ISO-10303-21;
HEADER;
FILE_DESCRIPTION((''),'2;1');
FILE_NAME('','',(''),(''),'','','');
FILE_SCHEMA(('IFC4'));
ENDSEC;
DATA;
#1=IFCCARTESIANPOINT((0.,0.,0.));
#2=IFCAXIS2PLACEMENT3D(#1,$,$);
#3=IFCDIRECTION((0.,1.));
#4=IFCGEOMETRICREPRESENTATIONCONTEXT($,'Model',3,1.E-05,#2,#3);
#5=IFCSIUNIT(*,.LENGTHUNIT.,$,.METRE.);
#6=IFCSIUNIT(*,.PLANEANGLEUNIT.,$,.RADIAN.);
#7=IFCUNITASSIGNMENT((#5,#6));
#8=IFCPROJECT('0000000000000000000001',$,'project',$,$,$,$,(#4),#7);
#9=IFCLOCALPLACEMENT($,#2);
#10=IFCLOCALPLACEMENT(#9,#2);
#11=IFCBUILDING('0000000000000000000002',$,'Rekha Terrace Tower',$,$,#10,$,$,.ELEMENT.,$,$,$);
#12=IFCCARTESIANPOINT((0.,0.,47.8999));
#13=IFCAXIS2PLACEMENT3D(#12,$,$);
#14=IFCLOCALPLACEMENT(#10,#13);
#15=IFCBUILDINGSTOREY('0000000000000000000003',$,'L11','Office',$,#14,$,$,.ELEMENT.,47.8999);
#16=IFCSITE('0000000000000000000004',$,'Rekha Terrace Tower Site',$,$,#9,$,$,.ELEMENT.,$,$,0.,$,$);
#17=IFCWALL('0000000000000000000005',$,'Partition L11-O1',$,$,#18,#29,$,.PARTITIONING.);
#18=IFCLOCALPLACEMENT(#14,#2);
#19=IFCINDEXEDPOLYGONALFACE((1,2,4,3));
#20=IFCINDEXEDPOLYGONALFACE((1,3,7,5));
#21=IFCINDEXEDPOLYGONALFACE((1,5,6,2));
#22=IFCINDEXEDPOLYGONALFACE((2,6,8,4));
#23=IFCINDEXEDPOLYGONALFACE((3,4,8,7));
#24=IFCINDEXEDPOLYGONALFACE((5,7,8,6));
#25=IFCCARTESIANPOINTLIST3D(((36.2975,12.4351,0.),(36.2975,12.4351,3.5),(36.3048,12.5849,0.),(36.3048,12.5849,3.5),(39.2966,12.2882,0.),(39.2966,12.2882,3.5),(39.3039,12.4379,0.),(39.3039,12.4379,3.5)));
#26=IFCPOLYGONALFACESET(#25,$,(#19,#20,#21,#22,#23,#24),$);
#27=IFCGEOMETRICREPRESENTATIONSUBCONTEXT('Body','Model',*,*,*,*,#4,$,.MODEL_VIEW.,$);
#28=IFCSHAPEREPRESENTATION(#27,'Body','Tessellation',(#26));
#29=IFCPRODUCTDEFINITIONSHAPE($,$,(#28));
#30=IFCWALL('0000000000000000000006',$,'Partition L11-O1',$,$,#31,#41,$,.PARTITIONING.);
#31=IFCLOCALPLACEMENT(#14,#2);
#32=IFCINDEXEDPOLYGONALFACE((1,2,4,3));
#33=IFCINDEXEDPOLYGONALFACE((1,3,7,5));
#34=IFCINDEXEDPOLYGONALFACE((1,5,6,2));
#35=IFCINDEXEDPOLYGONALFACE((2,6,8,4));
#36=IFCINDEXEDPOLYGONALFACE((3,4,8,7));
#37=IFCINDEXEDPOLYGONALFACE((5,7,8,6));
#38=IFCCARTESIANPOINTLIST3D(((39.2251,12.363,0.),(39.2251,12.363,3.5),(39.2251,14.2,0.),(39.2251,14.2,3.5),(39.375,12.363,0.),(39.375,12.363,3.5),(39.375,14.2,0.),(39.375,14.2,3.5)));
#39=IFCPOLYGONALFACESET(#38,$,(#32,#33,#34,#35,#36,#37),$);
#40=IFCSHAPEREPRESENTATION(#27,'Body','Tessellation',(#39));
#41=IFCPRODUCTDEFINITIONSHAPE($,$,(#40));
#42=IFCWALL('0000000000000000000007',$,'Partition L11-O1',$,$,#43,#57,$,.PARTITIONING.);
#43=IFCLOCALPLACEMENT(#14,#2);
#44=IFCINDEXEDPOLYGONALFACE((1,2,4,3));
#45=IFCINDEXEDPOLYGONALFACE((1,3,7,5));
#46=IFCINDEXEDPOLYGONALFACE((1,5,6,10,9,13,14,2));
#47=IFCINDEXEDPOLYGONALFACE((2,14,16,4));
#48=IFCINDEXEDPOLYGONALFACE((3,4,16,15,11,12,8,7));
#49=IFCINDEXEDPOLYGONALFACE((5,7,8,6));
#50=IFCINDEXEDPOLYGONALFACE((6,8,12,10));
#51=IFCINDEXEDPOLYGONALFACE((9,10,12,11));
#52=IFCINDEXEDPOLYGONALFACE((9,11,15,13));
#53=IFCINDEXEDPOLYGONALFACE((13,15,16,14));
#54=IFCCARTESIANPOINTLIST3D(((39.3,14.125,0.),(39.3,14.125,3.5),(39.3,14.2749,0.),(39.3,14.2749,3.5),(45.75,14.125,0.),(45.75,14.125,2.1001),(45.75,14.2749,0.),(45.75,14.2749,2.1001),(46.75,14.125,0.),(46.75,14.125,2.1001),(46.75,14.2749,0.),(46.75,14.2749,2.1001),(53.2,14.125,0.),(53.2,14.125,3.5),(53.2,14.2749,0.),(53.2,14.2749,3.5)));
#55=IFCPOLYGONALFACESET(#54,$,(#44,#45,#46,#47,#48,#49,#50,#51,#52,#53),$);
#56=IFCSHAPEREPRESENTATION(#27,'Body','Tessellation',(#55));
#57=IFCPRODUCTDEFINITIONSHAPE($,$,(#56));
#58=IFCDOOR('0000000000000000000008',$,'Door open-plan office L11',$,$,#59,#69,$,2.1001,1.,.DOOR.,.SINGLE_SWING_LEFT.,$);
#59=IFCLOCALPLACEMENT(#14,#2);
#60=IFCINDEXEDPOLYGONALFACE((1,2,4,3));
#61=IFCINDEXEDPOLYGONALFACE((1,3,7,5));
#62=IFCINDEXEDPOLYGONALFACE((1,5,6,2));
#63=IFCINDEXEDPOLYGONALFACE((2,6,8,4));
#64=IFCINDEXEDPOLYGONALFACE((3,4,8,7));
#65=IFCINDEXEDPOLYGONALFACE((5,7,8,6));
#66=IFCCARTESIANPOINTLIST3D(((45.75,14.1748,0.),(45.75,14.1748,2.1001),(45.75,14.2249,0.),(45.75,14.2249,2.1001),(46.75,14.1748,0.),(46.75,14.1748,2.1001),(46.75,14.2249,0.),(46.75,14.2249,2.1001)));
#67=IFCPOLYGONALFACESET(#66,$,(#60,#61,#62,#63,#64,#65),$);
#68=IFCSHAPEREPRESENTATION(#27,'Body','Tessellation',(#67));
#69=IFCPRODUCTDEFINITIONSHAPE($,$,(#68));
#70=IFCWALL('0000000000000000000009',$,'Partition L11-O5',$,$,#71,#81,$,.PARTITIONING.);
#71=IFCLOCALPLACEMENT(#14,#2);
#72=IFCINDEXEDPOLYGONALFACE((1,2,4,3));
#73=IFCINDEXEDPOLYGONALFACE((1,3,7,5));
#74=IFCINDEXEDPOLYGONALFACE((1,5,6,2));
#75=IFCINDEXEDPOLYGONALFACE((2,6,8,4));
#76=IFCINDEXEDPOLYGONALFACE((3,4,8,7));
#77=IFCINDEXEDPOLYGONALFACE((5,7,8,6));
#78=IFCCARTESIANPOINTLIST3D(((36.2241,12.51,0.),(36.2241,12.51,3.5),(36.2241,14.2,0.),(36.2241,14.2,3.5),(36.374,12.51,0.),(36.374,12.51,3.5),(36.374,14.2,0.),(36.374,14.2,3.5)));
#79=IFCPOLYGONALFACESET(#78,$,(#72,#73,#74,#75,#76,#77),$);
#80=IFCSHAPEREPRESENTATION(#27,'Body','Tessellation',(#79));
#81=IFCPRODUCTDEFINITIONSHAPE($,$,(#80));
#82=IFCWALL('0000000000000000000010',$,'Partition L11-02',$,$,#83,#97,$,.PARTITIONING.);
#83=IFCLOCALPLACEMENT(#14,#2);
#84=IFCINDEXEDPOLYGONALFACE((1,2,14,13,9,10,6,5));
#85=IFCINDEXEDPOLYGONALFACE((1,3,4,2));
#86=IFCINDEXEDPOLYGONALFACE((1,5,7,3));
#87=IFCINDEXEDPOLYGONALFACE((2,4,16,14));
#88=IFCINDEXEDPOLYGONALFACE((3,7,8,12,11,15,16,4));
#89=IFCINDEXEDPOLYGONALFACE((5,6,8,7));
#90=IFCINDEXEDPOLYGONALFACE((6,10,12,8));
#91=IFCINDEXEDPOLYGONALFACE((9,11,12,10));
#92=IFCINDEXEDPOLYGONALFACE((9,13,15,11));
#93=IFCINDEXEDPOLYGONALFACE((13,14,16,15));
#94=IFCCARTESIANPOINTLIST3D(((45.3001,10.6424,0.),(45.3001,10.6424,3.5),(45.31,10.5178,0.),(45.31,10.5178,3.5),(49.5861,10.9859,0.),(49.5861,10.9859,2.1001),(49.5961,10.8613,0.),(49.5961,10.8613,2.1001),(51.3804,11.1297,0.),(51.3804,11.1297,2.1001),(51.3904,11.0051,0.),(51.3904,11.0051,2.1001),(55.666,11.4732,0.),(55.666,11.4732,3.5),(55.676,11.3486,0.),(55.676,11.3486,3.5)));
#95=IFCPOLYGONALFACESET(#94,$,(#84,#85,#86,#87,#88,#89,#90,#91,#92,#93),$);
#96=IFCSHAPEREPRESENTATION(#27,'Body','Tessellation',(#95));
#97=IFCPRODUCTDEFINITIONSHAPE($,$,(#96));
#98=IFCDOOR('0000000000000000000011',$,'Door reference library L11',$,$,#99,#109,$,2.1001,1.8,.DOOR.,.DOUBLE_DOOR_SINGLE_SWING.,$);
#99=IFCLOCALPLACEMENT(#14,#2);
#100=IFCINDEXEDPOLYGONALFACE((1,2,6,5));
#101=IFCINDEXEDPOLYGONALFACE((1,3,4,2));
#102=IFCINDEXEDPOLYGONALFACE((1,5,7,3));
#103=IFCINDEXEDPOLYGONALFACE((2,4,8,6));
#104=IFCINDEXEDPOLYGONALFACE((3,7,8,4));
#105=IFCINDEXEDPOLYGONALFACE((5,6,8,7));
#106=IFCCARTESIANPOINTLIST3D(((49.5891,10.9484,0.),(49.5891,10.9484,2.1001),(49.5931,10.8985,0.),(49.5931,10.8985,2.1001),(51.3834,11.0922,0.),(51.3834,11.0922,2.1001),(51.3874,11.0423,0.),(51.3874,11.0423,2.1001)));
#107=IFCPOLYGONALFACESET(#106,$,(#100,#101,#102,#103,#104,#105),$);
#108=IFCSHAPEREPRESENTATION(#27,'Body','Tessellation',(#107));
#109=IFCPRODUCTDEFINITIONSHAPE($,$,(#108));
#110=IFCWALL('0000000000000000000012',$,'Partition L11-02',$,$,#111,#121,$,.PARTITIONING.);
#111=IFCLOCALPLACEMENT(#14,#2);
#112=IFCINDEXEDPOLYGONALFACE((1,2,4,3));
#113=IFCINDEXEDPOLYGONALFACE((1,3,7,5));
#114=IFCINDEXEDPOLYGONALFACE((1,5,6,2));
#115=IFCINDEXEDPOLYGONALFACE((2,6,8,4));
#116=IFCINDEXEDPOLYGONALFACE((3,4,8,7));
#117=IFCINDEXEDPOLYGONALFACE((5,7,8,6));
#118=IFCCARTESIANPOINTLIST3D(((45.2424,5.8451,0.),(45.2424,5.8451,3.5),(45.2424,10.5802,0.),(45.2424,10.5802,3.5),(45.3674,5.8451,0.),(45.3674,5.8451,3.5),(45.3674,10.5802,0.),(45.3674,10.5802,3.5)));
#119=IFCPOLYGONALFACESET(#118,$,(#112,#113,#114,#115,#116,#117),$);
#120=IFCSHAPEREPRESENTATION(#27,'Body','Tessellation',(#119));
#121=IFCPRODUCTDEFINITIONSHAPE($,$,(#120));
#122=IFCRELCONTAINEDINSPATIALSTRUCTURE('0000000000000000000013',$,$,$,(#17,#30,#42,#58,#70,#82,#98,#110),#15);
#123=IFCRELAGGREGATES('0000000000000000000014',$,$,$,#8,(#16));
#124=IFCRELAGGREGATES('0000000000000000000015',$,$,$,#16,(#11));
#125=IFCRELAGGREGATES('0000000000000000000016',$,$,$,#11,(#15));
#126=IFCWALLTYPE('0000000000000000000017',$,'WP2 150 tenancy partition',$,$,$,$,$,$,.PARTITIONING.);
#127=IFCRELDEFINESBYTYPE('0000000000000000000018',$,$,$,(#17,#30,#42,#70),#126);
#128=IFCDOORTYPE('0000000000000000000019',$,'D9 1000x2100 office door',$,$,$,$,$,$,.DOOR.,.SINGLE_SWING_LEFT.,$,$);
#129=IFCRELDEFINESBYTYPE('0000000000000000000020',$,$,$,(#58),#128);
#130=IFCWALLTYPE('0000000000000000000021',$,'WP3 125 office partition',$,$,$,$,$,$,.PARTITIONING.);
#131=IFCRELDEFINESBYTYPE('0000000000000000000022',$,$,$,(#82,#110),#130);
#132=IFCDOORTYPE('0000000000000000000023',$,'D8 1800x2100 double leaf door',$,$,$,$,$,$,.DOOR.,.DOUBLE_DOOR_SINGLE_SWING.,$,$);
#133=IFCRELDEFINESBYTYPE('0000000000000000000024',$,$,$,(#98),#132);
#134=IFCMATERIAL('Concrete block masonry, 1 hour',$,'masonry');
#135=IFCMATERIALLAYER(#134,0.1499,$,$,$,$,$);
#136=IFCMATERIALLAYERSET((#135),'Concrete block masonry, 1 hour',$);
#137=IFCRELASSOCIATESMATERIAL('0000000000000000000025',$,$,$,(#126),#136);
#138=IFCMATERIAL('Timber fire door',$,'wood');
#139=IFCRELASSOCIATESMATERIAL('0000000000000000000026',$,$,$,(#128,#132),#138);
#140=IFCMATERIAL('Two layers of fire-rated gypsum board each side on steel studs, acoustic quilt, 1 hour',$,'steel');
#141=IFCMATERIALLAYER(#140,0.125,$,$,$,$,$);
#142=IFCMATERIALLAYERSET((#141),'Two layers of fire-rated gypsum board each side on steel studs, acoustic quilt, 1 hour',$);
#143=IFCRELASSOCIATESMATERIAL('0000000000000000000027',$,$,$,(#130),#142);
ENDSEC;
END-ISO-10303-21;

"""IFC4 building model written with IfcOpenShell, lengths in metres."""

from ifc_helpers import new_model, si_unit, direction, frame, frame_2d, origin, place, context, subcontext, project, spatial, rectangle, extrude, material, layer, layer_set, type_object, element, fill, save


model = new_model("IFC4")

# Units and contexts
model_context = context("Model", 3, precision=1e-05, world=origin(), true_north=direction((0.0, 1.0)))
body_context = subcontext(model_context, "Body", "Model", "MODEL_VIEW")
ifc_project = project(units=[si_unit("LENGTHUNIT", "METRE"), si_unit("PLANEANGLEUNIT", "RADIAN")], contexts=[model_context])

# Site, building, storey
site_placement = place(None, origin())
site = spatial("IfcSite", under=ifc_project, at=site_placement, Name="Rekha Terrace Tower Site", CompositionType="ELEMENT", RefElevation=0.0)
building_placement = place(site_placement, origin())
building = spatial("IfcBuilding", under=site, at=building_placement, Name="Rekha Terrace Tower", CompositionType="ELEMENT")
storey_placement = place(building_placement, frame((0.0, 0.0, 47.8999)))
storey = spatial("IfcBuildingStorey", under=building, at=storey_placement, Name="L11", Description="Office", CompositionType="ELEMENT", Elevation=47.8999)

# Shared definitions
ifc_material_1 = material(Name="Concrete block masonry, 1 hour", Category="masonry")
ifc_layer_1 = layer(ifc_material_1, 0.1499)
ifc_layer_set_1 = layer_set([ifc_layer_1], Name="Concrete block masonry, 1 hour")
wall_type_1 = type_object("IfcWallType", Name="WP2 150 tenancy partition", PredefinedType="PARTITIONING", material=ifc_layer_set_1)

# Walls
wall_1_placement = place(storey_placement, frame((36.301, 12.51, 0.0), z_axis=(0.0, 0.0, 1.0), x_axis=(0.998801, -0.048948, 0.0)))
element("IfcWall", 1, at=wall_1_placement, inside=storey, type_object=wall_type_1, Name="Partition L11-O1", PredefinedType="PARTITIONING", context=body_context, shape_type="SweptSolid", body=[
    extrude(rectangle(XDim=3.0027, YDim=0.1499, at=frame_2d((1.5015, 0.0))), origin(), (0.0, 0.0, 1.0), 3.5),
])
wall_2_placement = place(storey_placement, frame((39.3, 12.363, 0.0), z_axis=(0.0, 0.0, 1.0), x_axis=(0.0, 1.0, 0.0)))
element("IfcWall", 2, at=wall_2_placement, inside=storey, type_object=wall_type_1, Name="Partition L11-O1", PredefinedType="PARTITIONING", context=body_context, shape_type="SweptSolid", body=[
    extrude(rectangle(XDim=1.8369, YDim=0.1499, at=frame_2d((0.9185, 0.0))), origin(), (0.0, 0.0, 1.0), 3.5),
])

# Wall, opening, door
wall_3_placement = place(storey_placement, frame((39.3, 14.2, 0.0), z_axis=(0.0, 0.0, 1.0), x_axis=(1.0, 0.0, 0.0)))
wall_3 = element("IfcWall", 3, at=wall_3_placement, inside=storey, type_object=wall_type_1, Name="Partition L11-O1", PredefinedType="PARTITIONING", context=body_context, shape_type="SweptSolid", body=[
    extrude(rectangle(XDim=13.8999, YDim=0.1499, at=frame_2d((6.95, 0.0))), origin(), (0.0, 0.0, 1.0), 3.5),
])
opening_1_placement = place(wall_3_placement, frame((6.45, 0.0, 0.0)))
opening_1 = element("IfcOpeningElement", 4, at=opening_1_placement, cuts=wall_3, PredefinedType="OPENING", context=body_context, shape_type="SweptSolid", body=[
    extrude(rectangle(XDim=1.0, YDim=2.1001, at=frame_2d((0.5, 1.05))), frame((0.0, 0.085, 0.0), z_axis=(0.0, -1.0, 0.0), x_axis=(1.0, 0.0, 0.0)), (0.0, 0.0, 1.0), 0.1699),
])
ifc_material_2 = material(Name="Timber fire door", Category="wood")
door_type_1 = type_object("IfcDoorType", Name="D9 1000x2100 office door", OperationType="SINGLE_SWING_LEFT", PredefinedType="DOOR", material=ifc_material_2)
door_1_placement = place(opening_1_placement, origin())
door_1 = element("IfcDoor", 5, at=door_1_placement, inside=storey, type_object=door_type_1, Name="Door open-plan office L11", OperationType="SINGLE_SWING_LEFT", OverallHeight=2.1001, OverallWidth=1.0, PredefinedType="DOOR", context=body_context, shape_type="SweptSolid", body=[
    extrude(rectangle(XDim=1.0, YDim=2.1001, at=frame_2d((0.5, 1.05))), frame((0.0, 0.0249, 0.0), z_axis=(0.0, -1.0, 0.0), x_axis=(1.0, 0.0, 0.0)), (0.0, 0.0, 1.0), 0.05),
])
fill(opening_1, door_1)

# Wall
wall_4_placement = place(storey_placement, frame((36.2991, 14.2, 0.0), z_axis=(0.0, 0.0, 1.0), x_axis=(0.0, -1.0, 0.0)))
element("IfcWall", 6, at=wall_4_placement, inside=storey, type_object=wall_type_1, Name="Partition L11-O5", PredefinedType="PARTITIONING", context=body_context, shape_type="SweptSolid", body=[
    extrude(rectangle(XDim=1.6899, YDim=0.1499, at=frame_2d((0.845, 0.0))), origin(), (0.0, 0.0, 1.0), 3.5),
])

# Wall, opening, door
ifc_material_3 = material(Name="Two layers of fire-rated gypsum board each side on steel studs, acoustic quilt, 1 hour", Category="steel")
ifc_layer_2 = layer(ifc_material_3, 0.125)
ifc_layer_set_2 = layer_set([ifc_layer_2], Name="Two layers of fire-rated gypsum board each side on steel studs, acoustic quilt, 1 hour")
wall_type_2 = type_object("IfcWallType", Name="WP3 125 office partition", PredefinedType="PARTITIONING", material=ifc_layer_set_2)
wall_5_placement = place(storey_placement, frame((45.3049, 10.5801, 0.0), z_axis=(0.0, 0.0, 1.0), x_axis=(0.996804, 0.079892, 0.0)))
wall_5 = element("IfcWall", 7, at=wall_5_placement, inside=storey, type_object=wall_type_2, Name="Partition L11-02", PredefinedType="PARTITIONING", context=body_context, shape_type="SweptSolid", body=[
    extrude(rectangle(XDim=10.3992, YDim=0.125, at=frame_2d((5.1997, 0.0))), origin(), (0.0, 0.0, 1.0), 3.5),
])
opening_2_placement = place(wall_5_placement, frame((4.3, 0.0, 0.0)))
opening_2 = element("IfcOpeningElement", 8, at=opening_2_placement, cuts=wall_5, PredefinedType="OPENING", context=body_context, shape_type="SweptSolid", body=[
    extrude(rectangle(XDim=1.8, YDim=2.1001, at=frame_2d((0.8999, 1.05))), frame((0.0, 0.0725, 0.0), z_axis=(0.0, -1.0, 0.0), x_axis=(1.0, 0.0, 0.0)), (0.0, 0.0, 1.0), 0.145),
])
door_type_2 = type_object("IfcDoorType", Name="D8 1800x2100 double leaf door", OperationType="DOUBLE_DOOR_SINGLE_SWING", PredefinedType="DOOR", material=ifc_material_2)
door_2_placement = place(opening_2_placement, origin())
door_2 = element("IfcDoor", 9, at=door_2_placement, inside=storey, type_object=door_type_2, Name="Door reference library L11", OperationType="DOUBLE_DOOR_SINGLE_SWING", OverallHeight=2.1001, OverallWidth=1.8, PredefinedType="DOOR", context=body_context, shape_type="SweptSolid", body=[
    extrude(rectangle(XDim=1.8, YDim=2.1001, at=frame_2d((0.8999, 1.05))), frame((0.0, 0.0249, 0.0), z_axis=(0.0, -1.0, 0.0), x_axis=(1.0, 0.0, 0.0)), (0.0, 0.0, 1.0), 0.05),
])
fill(opening_2, door_2)

# Wall
wall_6_placement = place(storey_placement, frame((45.3049, 5.845, 0.0), z_axis=(0.0, 0.0, 1.0), x_axis=(0.0, 1.0, 0.0)))
element("IfcWall", 10, at=wall_6_placement, inside=storey, type_object=wall_type_2, Name="Partition L11-02", PredefinedType="PARTITIONING", context=body_context, shape_type="SweptSolid", body=[
    extrude(rectangle(XDim=4.7351, YDim=0.125, at=frame_2d((2.3677, 0.0))), origin(), (0.0, 0.0, 1.0), 3.5),
])

save(model, "model.ifc")
